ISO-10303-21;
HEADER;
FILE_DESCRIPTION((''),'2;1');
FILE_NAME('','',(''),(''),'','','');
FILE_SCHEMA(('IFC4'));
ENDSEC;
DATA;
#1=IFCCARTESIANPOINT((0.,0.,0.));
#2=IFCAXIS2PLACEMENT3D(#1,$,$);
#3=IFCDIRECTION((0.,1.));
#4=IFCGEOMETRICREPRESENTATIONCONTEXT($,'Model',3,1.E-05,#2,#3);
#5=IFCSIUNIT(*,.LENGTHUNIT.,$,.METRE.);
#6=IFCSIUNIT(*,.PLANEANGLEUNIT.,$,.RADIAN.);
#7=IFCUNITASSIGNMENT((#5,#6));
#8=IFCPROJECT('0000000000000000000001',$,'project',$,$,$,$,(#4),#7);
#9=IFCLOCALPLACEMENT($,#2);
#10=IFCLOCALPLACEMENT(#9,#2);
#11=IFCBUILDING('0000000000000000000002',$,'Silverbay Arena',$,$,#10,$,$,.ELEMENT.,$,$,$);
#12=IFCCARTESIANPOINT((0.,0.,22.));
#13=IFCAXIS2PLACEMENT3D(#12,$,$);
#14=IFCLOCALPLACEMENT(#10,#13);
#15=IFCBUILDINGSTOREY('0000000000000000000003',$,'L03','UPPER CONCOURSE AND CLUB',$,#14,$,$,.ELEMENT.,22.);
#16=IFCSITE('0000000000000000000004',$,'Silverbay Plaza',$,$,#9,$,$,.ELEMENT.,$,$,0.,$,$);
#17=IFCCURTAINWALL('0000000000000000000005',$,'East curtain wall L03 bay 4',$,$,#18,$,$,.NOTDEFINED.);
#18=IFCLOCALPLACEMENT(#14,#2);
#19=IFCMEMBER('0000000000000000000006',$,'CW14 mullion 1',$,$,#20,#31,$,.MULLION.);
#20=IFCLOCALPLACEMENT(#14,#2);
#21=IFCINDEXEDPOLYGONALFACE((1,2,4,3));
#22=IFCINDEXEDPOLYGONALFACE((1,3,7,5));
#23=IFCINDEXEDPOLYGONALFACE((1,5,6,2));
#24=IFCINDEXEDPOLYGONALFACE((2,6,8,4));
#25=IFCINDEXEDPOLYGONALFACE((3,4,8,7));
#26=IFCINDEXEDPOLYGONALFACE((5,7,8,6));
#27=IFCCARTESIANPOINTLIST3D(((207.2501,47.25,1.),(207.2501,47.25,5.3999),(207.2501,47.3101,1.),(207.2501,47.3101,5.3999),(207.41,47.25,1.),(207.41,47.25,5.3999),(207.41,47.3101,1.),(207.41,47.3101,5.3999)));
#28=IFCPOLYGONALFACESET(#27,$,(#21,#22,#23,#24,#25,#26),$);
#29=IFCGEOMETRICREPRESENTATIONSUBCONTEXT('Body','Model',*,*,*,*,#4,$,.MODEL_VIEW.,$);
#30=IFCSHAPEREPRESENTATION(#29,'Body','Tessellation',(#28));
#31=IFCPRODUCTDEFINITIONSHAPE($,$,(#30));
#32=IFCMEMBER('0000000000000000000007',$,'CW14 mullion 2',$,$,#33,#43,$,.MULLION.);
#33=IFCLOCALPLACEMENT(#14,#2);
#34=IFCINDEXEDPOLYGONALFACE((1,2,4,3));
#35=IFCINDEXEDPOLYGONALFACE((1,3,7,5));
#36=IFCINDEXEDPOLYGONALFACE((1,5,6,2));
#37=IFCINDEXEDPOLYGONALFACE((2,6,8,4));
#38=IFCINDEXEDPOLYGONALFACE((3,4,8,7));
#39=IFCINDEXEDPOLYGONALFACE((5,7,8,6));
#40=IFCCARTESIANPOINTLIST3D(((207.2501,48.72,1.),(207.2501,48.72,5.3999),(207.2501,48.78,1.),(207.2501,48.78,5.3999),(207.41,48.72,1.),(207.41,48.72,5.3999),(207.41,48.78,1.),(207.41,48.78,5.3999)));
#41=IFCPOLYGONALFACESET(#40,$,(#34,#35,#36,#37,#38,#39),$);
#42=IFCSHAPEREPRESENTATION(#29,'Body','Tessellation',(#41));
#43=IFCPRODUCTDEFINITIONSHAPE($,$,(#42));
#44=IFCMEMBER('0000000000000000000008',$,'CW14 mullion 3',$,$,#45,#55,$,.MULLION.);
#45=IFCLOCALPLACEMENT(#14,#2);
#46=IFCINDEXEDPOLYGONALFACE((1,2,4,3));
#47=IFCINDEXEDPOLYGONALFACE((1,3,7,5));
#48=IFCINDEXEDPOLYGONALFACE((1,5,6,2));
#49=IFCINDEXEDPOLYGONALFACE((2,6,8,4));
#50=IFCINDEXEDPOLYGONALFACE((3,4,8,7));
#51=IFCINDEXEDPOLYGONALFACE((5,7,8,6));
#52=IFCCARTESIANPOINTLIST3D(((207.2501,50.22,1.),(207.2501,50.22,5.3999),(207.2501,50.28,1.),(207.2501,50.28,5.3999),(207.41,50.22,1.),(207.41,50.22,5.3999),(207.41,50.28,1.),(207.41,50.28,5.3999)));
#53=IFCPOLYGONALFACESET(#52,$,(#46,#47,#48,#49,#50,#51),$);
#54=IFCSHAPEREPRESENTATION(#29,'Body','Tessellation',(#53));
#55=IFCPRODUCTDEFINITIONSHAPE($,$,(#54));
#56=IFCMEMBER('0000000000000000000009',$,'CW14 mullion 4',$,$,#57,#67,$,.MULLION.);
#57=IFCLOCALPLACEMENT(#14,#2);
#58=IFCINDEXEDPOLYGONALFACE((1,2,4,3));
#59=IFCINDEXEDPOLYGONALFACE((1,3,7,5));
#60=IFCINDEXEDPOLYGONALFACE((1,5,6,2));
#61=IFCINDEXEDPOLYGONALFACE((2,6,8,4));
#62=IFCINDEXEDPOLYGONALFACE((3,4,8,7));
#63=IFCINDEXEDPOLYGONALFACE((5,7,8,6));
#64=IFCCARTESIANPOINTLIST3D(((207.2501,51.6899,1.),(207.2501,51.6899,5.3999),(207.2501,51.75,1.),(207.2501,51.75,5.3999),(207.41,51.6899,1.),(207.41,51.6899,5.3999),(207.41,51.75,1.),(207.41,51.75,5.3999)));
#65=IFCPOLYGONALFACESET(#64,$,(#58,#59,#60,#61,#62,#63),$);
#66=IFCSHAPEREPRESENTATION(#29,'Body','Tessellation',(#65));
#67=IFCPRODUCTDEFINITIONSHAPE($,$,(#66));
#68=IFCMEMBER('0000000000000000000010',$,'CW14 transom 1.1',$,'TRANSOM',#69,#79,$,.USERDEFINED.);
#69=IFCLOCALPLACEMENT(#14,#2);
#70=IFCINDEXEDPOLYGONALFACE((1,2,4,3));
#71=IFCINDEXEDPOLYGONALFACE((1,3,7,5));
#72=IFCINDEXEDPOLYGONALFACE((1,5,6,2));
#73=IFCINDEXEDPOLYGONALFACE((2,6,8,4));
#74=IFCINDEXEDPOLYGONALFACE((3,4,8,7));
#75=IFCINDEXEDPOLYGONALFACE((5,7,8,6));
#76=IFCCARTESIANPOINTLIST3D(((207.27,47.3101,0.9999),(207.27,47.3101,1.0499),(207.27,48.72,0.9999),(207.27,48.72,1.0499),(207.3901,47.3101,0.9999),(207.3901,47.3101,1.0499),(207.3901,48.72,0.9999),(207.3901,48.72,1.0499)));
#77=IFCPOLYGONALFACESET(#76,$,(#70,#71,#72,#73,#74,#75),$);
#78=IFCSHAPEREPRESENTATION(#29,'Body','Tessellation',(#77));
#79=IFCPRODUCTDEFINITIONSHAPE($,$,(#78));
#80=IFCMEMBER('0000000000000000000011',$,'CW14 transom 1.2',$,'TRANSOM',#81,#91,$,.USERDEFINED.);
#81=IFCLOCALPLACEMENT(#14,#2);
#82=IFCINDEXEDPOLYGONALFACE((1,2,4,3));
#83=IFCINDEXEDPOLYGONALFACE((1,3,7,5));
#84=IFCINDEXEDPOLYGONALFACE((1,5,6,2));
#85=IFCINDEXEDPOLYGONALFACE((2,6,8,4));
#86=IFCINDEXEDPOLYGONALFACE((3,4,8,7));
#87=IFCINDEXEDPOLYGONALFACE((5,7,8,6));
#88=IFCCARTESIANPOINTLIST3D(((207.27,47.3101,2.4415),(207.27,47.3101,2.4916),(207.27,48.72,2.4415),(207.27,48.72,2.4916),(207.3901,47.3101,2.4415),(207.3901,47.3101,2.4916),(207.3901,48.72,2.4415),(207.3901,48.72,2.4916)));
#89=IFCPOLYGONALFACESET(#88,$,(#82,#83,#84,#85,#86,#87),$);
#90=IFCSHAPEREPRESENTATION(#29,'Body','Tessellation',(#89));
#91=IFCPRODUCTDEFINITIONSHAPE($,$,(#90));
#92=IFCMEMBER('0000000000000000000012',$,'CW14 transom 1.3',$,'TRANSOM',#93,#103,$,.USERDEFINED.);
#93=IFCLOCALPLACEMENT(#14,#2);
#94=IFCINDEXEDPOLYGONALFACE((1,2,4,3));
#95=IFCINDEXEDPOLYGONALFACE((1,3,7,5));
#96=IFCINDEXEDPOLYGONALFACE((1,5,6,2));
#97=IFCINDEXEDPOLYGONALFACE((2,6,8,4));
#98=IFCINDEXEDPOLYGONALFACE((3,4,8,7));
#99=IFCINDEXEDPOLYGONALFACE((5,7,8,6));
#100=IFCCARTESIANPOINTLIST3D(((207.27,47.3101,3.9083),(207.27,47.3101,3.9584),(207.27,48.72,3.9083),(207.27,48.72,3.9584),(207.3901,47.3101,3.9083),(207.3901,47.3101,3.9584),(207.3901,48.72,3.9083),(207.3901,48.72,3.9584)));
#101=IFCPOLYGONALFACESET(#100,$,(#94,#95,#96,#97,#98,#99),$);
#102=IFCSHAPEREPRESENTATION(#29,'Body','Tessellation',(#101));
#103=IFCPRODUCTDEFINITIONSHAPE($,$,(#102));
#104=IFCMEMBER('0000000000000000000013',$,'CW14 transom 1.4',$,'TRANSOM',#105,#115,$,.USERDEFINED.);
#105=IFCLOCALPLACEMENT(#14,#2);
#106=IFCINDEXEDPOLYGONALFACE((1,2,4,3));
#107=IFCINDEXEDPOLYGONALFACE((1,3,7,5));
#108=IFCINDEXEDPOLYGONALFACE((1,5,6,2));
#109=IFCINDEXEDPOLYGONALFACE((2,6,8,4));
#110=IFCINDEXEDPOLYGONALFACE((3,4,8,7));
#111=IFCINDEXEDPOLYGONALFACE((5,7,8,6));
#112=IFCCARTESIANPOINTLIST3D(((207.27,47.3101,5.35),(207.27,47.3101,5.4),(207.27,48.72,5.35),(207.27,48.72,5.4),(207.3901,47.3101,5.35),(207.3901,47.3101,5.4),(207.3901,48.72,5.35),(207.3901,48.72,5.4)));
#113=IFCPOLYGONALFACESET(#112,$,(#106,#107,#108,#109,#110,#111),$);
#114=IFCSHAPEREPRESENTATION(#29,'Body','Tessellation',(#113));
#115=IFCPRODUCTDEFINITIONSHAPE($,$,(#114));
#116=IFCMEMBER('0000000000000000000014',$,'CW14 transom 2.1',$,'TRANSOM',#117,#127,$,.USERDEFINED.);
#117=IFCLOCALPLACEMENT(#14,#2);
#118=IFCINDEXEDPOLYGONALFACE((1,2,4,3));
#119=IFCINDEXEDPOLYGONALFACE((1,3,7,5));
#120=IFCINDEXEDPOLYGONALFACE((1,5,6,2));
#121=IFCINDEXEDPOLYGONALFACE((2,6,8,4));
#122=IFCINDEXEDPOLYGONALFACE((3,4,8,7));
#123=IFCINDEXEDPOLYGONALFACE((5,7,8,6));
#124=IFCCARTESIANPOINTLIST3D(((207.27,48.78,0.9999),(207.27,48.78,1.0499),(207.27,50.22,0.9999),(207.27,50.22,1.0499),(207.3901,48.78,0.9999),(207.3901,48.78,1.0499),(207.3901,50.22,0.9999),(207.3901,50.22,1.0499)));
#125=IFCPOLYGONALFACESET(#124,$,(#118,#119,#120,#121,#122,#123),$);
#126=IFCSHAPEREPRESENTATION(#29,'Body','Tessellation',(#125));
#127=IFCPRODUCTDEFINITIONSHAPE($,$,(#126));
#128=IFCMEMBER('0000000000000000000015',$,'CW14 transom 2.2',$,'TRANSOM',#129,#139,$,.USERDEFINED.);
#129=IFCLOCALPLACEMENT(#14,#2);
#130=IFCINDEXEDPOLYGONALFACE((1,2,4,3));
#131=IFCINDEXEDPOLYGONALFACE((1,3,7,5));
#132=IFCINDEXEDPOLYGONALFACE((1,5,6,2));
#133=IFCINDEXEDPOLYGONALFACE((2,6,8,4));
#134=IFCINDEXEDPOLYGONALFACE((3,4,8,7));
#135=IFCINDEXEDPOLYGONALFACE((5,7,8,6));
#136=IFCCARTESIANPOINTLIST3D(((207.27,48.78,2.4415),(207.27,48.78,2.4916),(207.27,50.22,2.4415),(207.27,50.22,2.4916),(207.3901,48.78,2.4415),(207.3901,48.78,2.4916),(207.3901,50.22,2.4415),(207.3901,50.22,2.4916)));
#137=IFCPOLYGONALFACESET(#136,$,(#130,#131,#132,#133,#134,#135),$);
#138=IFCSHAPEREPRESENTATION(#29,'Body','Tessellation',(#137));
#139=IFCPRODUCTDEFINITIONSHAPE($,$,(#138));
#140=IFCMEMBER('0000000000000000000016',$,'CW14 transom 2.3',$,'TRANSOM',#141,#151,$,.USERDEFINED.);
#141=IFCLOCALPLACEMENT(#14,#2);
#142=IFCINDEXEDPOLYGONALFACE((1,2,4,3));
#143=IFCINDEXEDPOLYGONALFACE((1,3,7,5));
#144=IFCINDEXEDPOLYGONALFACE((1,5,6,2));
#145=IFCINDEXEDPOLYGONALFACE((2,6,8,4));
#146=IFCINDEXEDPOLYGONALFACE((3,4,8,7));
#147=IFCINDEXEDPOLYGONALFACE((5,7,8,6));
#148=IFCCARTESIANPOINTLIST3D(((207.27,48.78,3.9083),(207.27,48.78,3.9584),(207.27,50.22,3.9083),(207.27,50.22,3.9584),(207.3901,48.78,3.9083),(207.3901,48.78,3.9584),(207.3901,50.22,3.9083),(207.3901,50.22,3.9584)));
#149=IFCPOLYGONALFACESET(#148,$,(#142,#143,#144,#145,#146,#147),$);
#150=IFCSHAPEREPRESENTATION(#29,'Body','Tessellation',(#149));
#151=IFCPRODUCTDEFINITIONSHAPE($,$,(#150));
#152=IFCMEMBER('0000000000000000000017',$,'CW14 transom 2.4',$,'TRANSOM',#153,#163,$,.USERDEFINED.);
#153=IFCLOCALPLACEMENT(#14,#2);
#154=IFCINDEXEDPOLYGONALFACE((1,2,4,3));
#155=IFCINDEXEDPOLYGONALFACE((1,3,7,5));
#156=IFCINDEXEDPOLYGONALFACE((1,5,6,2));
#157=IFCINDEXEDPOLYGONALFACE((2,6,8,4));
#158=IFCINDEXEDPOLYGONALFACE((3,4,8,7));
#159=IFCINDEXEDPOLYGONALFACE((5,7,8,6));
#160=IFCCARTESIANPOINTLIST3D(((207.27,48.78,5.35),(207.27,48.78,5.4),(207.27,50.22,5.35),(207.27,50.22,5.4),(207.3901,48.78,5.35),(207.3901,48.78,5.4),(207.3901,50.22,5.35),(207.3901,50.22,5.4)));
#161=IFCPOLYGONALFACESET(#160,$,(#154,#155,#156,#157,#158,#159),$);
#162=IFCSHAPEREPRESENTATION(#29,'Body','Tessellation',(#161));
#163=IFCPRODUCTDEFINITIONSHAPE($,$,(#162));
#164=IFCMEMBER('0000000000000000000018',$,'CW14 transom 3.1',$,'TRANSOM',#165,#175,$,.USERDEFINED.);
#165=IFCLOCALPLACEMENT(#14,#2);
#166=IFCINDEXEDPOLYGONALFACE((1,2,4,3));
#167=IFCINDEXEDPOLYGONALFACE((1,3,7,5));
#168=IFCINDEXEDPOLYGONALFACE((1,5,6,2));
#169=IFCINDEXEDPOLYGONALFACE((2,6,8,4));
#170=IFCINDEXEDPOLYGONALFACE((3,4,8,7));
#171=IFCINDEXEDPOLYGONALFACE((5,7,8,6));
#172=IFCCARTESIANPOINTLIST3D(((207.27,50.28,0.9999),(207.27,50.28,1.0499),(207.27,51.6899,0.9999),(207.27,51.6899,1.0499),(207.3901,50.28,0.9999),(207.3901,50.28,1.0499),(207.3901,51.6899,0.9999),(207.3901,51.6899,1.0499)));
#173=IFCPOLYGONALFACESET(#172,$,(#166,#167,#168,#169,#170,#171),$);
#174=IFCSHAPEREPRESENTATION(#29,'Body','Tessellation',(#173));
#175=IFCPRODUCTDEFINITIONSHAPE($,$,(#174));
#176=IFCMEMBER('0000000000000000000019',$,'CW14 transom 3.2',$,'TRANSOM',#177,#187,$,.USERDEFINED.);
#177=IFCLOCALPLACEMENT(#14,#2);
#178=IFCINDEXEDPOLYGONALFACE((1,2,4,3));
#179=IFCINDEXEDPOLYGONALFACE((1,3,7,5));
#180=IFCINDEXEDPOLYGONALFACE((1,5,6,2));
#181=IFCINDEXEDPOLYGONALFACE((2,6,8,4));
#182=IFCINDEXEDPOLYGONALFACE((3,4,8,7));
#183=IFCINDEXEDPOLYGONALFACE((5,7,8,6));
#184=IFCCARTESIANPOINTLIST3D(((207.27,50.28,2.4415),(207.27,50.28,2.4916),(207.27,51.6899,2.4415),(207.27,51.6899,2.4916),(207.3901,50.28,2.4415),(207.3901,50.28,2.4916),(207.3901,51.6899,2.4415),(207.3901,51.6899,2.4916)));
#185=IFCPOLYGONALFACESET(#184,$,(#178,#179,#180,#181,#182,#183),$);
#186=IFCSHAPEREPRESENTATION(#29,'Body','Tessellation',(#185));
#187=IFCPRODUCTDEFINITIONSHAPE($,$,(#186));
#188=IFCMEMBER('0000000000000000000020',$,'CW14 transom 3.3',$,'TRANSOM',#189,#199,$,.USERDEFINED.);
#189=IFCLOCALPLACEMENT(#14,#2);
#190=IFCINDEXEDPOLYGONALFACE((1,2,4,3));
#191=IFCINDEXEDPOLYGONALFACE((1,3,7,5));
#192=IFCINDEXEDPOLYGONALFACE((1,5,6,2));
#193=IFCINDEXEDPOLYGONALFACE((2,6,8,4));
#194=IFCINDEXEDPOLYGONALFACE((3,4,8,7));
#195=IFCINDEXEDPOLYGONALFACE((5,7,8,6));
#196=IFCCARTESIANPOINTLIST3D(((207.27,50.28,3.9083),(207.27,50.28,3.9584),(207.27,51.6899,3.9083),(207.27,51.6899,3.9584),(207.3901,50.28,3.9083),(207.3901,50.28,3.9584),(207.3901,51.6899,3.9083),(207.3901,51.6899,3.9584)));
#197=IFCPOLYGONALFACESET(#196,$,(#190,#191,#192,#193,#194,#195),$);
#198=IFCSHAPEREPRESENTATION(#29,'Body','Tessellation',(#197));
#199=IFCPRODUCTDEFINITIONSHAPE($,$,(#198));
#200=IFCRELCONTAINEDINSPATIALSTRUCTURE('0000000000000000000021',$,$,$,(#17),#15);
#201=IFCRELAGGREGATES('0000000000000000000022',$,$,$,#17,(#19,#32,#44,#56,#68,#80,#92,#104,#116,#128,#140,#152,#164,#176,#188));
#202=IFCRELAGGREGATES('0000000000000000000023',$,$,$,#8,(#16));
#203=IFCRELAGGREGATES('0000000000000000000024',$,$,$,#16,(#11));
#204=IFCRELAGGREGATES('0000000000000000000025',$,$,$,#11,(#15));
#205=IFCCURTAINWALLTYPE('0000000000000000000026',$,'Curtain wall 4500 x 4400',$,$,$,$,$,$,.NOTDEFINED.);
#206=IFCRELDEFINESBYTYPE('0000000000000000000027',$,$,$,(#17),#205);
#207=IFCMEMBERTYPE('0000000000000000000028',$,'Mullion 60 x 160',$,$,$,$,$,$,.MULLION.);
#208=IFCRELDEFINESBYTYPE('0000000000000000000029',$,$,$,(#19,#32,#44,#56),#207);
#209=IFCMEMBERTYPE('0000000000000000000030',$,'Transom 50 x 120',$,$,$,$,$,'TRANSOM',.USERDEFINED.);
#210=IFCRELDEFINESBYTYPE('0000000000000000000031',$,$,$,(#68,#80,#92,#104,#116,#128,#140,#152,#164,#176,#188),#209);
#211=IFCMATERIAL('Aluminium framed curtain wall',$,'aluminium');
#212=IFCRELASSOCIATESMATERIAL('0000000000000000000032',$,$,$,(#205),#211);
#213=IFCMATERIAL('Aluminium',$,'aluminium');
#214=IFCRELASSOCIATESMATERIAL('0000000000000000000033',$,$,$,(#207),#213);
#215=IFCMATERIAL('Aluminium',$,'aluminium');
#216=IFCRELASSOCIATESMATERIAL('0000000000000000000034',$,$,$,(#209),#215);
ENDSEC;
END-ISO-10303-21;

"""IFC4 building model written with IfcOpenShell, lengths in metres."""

from ifc_helpers import new_model, si_unit, direction, frame, origin, origin_2d, place, context, subcontext, project, spatial, rectangle, extrude, material, material_profile, profile_set, type_object, element, aggregate, save


model = new_model("IFC4")

# Units and contexts
model_context = context("Model", 3, precision=1e-05, world=origin(), true_north=direction((0.0, 1.0)))
body_context = subcontext(model_context, "Body", "Model", "MODEL_VIEW")
ifc_project = project(units=[si_unit("LENGTHUNIT", "METRE"), si_unit("PLANEANGLEUNIT", "RADIAN")], contexts=[model_context])

# Site, building, storey
site_placement = place(None, origin())
site = spatial("IfcSite", under=ifc_project, at=site_placement, Name="Silverbay Plaza", CompositionType="ELEMENT", RefElevation=0.0)
building_placement = place(site_placement, origin())
building = spatial("IfcBuilding", under=site, at=building_placement, Name="Silverbay Arena", CompositionType="ELEMENT")
storey_placement = place(building_placement, frame((0.0, 0.0, 22.0)))
storey = spatial("IfcBuildingStorey", under=building, at=storey_placement, Name="L03", Description="UPPER CONCOURSE AND CLUB", CompositionType="ELEMENT", Elevation=22.0)

# Curtain wall, members
ifc_material_1 = material(Name="Aluminium framed curtain wall", Category="aluminium")
curtain_wall_type = type_object("IfcCurtainWallType", Name="Curtain wall 4500 x 4400", PredefinedType="NOTDEFINED", material=ifc_material_1)
curtain_wall_placement = place(storey_placement, origin())
curtain_wall = element("IfcCurtainWall", 1, at=curtain_wall_placement, inside=storey, type_object=curtain_wall_type, Name="East curtain wall L03 bay 4", PredefinedType="NOTDEFINED")
ifc_material_2 = material(Name="Aluminium", Category="aluminium")
ifc_material_profile_1 = material_profile(ifc_material_2, rectangle(XDim=0.1599, YDim=0.0601, at=origin_2d()), Name="Mullion 60 x 160")
ifc_profile_set_1 = profile_set([ifc_material_profile_1], Name="Aluminium")
member_type_1 = type_object("IfcMemberType", Name="Mullion 60 x 160", PredefinedType="MULLION", material=ifc_profile_set_1)
member_1_placement = place(storey_placement, frame((207.3301, 47.28, 1.0), z_axis=(0.0, 0.0, 1.0), x_axis=(-1.0, 0.0, 0.0)))
member_1 = element("IfcMember", 2, at=member_1_placement, type_object=member_type_1, Name="CW14 mullion 1", PredefinedType="MULLION", context=body_context, shape_type="SweptSolid", body=[
    extrude(rectangle(XDim=0.1599, YDim=0.0601, at=origin_2d()), origin(), (0.0, 0.0, 1.0), 4.3999),
])
member_2_placement = place(storey_placement, frame((207.3301, 48.75, 1.0), z_axis=(0.0, 0.0, 1.0), x_axis=(-1.0, 0.0, 0.0)))
member_2 = element("IfcMember", 3, at=member_2_placement, type_object=member_type_1, Name="CW14 mullion 2", PredefinedType="MULLION", context=body_context, shape_type="SweptSolid", body=[
    extrude(rectangle(XDim=0.1599, YDim=0.0601, at=origin_2d()), origin(), (0.0, 0.0, 1.0), 4.3999),
])
member_3_placement = place(storey_placement, frame((207.3301, 50.25, 1.0), z_axis=(0.0, 0.0, 1.0), x_axis=(-1.0, 0.0, 0.0)))
member_3 = element("IfcMember", 4, at=member_3_placement, type_object=member_type_1, Name="CW14 mullion 3", PredefinedType="MULLION", context=body_context, shape_type="SweptSolid", body=[
    extrude(rectangle(XDim=0.1599, YDim=0.0601, at=origin_2d()), origin(), (0.0, 0.0, 1.0), 4.3999),
])
member_4_placement = place(storey_placement, frame((207.3301, 51.72, 1.0), z_axis=(0.0, 0.0, 1.0), x_axis=(-1.0, 0.0, 0.0)))
member_4 = element("IfcMember", 5, at=member_4_placement, type_object=member_type_1, Name="CW14 mullion 4", PredefinedType="MULLION", context=body_context, shape_type="SweptSolid", body=[
    extrude(rectangle(XDim=0.1599, YDim=0.0601, at=origin_2d()), origin(), (0.0, 0.0, 1.0), 4.3999),
])
ifc_material_3 = material(Name="Aluminium", Category="aluminium")
ifc_material_profile_2 = material_profile(ifc_material_3, rectangle(XDim=0.1201, YDim=0.05, at=origin_2d()), Name="Transom 50 x 120")
ifc_profile_set_2 = profile_set([ifc_material_profile_2], Name="Aluminium")
member_type_2 = type_object("IfcMemberType", Name="Transom 50 x 120", ElementType="TRANSOM", PredefinedType="USERDEFINED", material=ifc_profile_set_2)
member_5_placement = place(storey_placement, frame((207.3301, 47.3101, 1.0249), z_axis=(0.0, 1.0, 0.0), x_axis=(-1.0, 0.0, 0.0)))
member_5 = element("IfcMember", 6, at=member_5_placement, type_object=member_type_2, Name="CW14 transom 1.1", ObjectType="TRANSOM", PredefinedType="USERDEFINED", context=body_context, shape_type="SweptSolid", body=[
    extrude(rectangle(XDim=0.1201, YDim=0.05, at=origin_2d()), origin(), (0.0, 0.0, 1.0), 1.4099),
])
member_6_placement = place(storey_placement, frame((207.3301, 47.3101, 2.4666), z_axis=(0.0, 1.0, 0.0), x_axis=(-1.0, 0.0, 0.0)))
member_6 = element("IfcMember", 7, at=member_6_placement, type_object=member_type_2, Name="CW14 transom 1.2", ObjectType="TRANSOM", PredefinedType="USERDEFINED", context=body_context, shape_type="SweptSolid", body=[
    extrude(rectangle(XDim=0.1201, YDim=0.05, at=origin_2d()), origin(), (0.0, 0.0, 1.0), 1.4099),
])
member_7_placement = place(storey_placement, frame((207.3301, 47.3101, 3.9333), z_axis=(0.0, 1.0, 0.0), x_axis=(-1.0, 0.0, 0.0)))
member_7 = element("IfcMember", 8, at=member_7_placement, type_object=member_type_2, Name="CW14 transom 1.3", ObjectType="TRANSOM", PredefinedType="USERDEFINED", context=body_context, shape_type="SweptSolid", body=[
    extrude(rectangle(XDim=0.1201, YDim=0.05, at=origin_2d()), origin(), (0.0, 0.0, 1.0), 1.4099),
])
member_8_placement = place(storey_placement, frame((207.3301, 47.3101, 5.375), z_axis=(0.0, 1.0, 0.0), x_axis=(-1.0, 0.0, 0.0)))
member_8 = element("IfcMember", 9, at=member_8_placement, type_object=member_type_2, Name="CW14 transom 1.4", ObjectType="TRANSOM", PredefinedType="USERDEFINED", context=body_context, shape_type="SweptSolid", body=[
    extrude(rectangle(XDim=0.1201, YDim=0.05, at=origin_2d()), origin(), (0.0, 0.0, 1.0), 1.4099),
])
member_9_placement = place(storey_placement, frame((207.3301, 48.78, 1.0249), z_axis=(0.0, 1.0, 0.0), x_axis=(-1.0, 0.0, 0.0)))
member_9 = element("IfcMember", 10, at=member_9_placement, type_object=member_type_2, Name="CW14 transom 2.1", ObjectType="TRANSOM", PredefinedType="USERDEFINED", context=body_context, shape_type="SweptSolid", body=[
    extrude(rectangle(XDim=0.1201, YDim=0.05, at=origin_2d()), origin(), (0.0, 0.0, 1.0), 1.4399),
])
member_10_placement = place(storey_placement, frame((207.3301, 48.78, 2.4666), z_axis=(0.0, 1.0, 0.0), x_axis=(-1.0, 0.0, 0.0)))
member_10 = element("IfcMember", 11, at=member_10_placement, type_object=member_type_2, Name="CW14 transom 2.2", ObjectType="TRANSOM", PredefinedType="USERDEFINED", context=body_context, shape_type="SweptSolid", body=[
    extrude(rectangle(XDim=0.1201, YDim=0.05, at=origin_2d()), origin(), (0.0, 0.0, 1.0), 1.4399),
])
member_11_placement = place(storey_placement, frame((207.3301, 48.78, 3.9333), z_axis=(0.0, 1.0, 0.0), x_axis=(-1.0, 0.0, 0.0)))
member_11 = element("IfcMember", 12, at=member_11_placement, type_object=member_type_2, Name="CW14 transom 2.3", ObjectType="TRANSOM", PredefinedType="USERDEFINED", context=body_context, shape_type="SweptSolid", body=[
    extrude(rectangle(XDim=0.1201, YDim=0.05, at=origin_2d()), origin(), (0.0, 0.0, 1.0), 1.4399),
])
member_12_placement = place(storey_placement, frame((207.3301, 48.78, 5.375), z_axis=(0.0, 1.0, 0.0), x_axis=(-1.0, 0.0, 0.0)))
member_12 = element("IfcMember", 13, at=member_12_placement, type_object=member_type_2, Name="CW14 transom 2.4", ObjectType="TRANSOM", PredefinedType="USERDEFINED", context=body_context, shape_type="SweptSolid", body=[
    extrude(rectangle(XDim=0.1201, YDim=0.05, at=origin_2d()), origin(), (0.0, 0.0, 1.0), 1.4399),
])
member_13_placement = place(storey_placement, frame((207.3301, 50.28, 1.0249), z_axis=(0.0, 1.0, 0.0), x_axis=(-1.0, 0.0, 0.0)))
member_13 = element("IfcMember", 14, at=member_13_placement, type_object=member_type_2, Name="CW14 transom 3.1", ObjectType="TRANSOM", PredefinedType="USERDEFINED", context=body_context, shape_type="SweptSolid", body=[
    extrude(rectangle(XDim=0.1201, YDim=0.05, at=origin_2d()), origin(), (0.0, 0.0, 1.0), 1.4099),
])
member_14_placement = place(storey_placement, frame((207.3301, 50.28, 2.4666), z_axis=(0.0, 1.0, 0.0), x_axis=(-1.0, 0.0, 0.0)))
member_14 = element("IfcMember", 15, at=member_14_placement, type_object=member_type_2, Name="CW14 transom 3.2", ObjectType="TRANSOM", PredefinedType="USERDEFINED", context=body_context, shape_type="SweptSolid", body=[
    extrude(rectangle(XDim=0.1201, YDim=0.05, at=origin_2d()), origin(), (0.0, 0.0, 1.0), 1.4099),
])
member_15_placement = place(storey_placement, frame((207.3301, 50.28, 3.9333), z_axis=(0.0, 1.0, 0.0), x_axis=(-1.0, 0.0, 0.0)))
member_15 = element("IfcMember", 16, at=member_15_placement, type_object=member_type_2, Name="CW14 transom 3.3", ObjectType="TRANSOM", PredefinedType="USERDEFINED", context=body_context, shape_type="SweptSolid", body=[
    extrude(rectangle(XDim=0.1201, YDim=0.05, at=origin_2d()), origin(), (0.0, 0.0, 1.0), 1.4099),
])
aggregate(curtain_wall, [member_1, member_2, member_3, member_4, member_5, member_6, member_7, member_8, member_9, member_10, member_11, member_12, member_13, member_14, member_15])

save(model, "model.ifc")
